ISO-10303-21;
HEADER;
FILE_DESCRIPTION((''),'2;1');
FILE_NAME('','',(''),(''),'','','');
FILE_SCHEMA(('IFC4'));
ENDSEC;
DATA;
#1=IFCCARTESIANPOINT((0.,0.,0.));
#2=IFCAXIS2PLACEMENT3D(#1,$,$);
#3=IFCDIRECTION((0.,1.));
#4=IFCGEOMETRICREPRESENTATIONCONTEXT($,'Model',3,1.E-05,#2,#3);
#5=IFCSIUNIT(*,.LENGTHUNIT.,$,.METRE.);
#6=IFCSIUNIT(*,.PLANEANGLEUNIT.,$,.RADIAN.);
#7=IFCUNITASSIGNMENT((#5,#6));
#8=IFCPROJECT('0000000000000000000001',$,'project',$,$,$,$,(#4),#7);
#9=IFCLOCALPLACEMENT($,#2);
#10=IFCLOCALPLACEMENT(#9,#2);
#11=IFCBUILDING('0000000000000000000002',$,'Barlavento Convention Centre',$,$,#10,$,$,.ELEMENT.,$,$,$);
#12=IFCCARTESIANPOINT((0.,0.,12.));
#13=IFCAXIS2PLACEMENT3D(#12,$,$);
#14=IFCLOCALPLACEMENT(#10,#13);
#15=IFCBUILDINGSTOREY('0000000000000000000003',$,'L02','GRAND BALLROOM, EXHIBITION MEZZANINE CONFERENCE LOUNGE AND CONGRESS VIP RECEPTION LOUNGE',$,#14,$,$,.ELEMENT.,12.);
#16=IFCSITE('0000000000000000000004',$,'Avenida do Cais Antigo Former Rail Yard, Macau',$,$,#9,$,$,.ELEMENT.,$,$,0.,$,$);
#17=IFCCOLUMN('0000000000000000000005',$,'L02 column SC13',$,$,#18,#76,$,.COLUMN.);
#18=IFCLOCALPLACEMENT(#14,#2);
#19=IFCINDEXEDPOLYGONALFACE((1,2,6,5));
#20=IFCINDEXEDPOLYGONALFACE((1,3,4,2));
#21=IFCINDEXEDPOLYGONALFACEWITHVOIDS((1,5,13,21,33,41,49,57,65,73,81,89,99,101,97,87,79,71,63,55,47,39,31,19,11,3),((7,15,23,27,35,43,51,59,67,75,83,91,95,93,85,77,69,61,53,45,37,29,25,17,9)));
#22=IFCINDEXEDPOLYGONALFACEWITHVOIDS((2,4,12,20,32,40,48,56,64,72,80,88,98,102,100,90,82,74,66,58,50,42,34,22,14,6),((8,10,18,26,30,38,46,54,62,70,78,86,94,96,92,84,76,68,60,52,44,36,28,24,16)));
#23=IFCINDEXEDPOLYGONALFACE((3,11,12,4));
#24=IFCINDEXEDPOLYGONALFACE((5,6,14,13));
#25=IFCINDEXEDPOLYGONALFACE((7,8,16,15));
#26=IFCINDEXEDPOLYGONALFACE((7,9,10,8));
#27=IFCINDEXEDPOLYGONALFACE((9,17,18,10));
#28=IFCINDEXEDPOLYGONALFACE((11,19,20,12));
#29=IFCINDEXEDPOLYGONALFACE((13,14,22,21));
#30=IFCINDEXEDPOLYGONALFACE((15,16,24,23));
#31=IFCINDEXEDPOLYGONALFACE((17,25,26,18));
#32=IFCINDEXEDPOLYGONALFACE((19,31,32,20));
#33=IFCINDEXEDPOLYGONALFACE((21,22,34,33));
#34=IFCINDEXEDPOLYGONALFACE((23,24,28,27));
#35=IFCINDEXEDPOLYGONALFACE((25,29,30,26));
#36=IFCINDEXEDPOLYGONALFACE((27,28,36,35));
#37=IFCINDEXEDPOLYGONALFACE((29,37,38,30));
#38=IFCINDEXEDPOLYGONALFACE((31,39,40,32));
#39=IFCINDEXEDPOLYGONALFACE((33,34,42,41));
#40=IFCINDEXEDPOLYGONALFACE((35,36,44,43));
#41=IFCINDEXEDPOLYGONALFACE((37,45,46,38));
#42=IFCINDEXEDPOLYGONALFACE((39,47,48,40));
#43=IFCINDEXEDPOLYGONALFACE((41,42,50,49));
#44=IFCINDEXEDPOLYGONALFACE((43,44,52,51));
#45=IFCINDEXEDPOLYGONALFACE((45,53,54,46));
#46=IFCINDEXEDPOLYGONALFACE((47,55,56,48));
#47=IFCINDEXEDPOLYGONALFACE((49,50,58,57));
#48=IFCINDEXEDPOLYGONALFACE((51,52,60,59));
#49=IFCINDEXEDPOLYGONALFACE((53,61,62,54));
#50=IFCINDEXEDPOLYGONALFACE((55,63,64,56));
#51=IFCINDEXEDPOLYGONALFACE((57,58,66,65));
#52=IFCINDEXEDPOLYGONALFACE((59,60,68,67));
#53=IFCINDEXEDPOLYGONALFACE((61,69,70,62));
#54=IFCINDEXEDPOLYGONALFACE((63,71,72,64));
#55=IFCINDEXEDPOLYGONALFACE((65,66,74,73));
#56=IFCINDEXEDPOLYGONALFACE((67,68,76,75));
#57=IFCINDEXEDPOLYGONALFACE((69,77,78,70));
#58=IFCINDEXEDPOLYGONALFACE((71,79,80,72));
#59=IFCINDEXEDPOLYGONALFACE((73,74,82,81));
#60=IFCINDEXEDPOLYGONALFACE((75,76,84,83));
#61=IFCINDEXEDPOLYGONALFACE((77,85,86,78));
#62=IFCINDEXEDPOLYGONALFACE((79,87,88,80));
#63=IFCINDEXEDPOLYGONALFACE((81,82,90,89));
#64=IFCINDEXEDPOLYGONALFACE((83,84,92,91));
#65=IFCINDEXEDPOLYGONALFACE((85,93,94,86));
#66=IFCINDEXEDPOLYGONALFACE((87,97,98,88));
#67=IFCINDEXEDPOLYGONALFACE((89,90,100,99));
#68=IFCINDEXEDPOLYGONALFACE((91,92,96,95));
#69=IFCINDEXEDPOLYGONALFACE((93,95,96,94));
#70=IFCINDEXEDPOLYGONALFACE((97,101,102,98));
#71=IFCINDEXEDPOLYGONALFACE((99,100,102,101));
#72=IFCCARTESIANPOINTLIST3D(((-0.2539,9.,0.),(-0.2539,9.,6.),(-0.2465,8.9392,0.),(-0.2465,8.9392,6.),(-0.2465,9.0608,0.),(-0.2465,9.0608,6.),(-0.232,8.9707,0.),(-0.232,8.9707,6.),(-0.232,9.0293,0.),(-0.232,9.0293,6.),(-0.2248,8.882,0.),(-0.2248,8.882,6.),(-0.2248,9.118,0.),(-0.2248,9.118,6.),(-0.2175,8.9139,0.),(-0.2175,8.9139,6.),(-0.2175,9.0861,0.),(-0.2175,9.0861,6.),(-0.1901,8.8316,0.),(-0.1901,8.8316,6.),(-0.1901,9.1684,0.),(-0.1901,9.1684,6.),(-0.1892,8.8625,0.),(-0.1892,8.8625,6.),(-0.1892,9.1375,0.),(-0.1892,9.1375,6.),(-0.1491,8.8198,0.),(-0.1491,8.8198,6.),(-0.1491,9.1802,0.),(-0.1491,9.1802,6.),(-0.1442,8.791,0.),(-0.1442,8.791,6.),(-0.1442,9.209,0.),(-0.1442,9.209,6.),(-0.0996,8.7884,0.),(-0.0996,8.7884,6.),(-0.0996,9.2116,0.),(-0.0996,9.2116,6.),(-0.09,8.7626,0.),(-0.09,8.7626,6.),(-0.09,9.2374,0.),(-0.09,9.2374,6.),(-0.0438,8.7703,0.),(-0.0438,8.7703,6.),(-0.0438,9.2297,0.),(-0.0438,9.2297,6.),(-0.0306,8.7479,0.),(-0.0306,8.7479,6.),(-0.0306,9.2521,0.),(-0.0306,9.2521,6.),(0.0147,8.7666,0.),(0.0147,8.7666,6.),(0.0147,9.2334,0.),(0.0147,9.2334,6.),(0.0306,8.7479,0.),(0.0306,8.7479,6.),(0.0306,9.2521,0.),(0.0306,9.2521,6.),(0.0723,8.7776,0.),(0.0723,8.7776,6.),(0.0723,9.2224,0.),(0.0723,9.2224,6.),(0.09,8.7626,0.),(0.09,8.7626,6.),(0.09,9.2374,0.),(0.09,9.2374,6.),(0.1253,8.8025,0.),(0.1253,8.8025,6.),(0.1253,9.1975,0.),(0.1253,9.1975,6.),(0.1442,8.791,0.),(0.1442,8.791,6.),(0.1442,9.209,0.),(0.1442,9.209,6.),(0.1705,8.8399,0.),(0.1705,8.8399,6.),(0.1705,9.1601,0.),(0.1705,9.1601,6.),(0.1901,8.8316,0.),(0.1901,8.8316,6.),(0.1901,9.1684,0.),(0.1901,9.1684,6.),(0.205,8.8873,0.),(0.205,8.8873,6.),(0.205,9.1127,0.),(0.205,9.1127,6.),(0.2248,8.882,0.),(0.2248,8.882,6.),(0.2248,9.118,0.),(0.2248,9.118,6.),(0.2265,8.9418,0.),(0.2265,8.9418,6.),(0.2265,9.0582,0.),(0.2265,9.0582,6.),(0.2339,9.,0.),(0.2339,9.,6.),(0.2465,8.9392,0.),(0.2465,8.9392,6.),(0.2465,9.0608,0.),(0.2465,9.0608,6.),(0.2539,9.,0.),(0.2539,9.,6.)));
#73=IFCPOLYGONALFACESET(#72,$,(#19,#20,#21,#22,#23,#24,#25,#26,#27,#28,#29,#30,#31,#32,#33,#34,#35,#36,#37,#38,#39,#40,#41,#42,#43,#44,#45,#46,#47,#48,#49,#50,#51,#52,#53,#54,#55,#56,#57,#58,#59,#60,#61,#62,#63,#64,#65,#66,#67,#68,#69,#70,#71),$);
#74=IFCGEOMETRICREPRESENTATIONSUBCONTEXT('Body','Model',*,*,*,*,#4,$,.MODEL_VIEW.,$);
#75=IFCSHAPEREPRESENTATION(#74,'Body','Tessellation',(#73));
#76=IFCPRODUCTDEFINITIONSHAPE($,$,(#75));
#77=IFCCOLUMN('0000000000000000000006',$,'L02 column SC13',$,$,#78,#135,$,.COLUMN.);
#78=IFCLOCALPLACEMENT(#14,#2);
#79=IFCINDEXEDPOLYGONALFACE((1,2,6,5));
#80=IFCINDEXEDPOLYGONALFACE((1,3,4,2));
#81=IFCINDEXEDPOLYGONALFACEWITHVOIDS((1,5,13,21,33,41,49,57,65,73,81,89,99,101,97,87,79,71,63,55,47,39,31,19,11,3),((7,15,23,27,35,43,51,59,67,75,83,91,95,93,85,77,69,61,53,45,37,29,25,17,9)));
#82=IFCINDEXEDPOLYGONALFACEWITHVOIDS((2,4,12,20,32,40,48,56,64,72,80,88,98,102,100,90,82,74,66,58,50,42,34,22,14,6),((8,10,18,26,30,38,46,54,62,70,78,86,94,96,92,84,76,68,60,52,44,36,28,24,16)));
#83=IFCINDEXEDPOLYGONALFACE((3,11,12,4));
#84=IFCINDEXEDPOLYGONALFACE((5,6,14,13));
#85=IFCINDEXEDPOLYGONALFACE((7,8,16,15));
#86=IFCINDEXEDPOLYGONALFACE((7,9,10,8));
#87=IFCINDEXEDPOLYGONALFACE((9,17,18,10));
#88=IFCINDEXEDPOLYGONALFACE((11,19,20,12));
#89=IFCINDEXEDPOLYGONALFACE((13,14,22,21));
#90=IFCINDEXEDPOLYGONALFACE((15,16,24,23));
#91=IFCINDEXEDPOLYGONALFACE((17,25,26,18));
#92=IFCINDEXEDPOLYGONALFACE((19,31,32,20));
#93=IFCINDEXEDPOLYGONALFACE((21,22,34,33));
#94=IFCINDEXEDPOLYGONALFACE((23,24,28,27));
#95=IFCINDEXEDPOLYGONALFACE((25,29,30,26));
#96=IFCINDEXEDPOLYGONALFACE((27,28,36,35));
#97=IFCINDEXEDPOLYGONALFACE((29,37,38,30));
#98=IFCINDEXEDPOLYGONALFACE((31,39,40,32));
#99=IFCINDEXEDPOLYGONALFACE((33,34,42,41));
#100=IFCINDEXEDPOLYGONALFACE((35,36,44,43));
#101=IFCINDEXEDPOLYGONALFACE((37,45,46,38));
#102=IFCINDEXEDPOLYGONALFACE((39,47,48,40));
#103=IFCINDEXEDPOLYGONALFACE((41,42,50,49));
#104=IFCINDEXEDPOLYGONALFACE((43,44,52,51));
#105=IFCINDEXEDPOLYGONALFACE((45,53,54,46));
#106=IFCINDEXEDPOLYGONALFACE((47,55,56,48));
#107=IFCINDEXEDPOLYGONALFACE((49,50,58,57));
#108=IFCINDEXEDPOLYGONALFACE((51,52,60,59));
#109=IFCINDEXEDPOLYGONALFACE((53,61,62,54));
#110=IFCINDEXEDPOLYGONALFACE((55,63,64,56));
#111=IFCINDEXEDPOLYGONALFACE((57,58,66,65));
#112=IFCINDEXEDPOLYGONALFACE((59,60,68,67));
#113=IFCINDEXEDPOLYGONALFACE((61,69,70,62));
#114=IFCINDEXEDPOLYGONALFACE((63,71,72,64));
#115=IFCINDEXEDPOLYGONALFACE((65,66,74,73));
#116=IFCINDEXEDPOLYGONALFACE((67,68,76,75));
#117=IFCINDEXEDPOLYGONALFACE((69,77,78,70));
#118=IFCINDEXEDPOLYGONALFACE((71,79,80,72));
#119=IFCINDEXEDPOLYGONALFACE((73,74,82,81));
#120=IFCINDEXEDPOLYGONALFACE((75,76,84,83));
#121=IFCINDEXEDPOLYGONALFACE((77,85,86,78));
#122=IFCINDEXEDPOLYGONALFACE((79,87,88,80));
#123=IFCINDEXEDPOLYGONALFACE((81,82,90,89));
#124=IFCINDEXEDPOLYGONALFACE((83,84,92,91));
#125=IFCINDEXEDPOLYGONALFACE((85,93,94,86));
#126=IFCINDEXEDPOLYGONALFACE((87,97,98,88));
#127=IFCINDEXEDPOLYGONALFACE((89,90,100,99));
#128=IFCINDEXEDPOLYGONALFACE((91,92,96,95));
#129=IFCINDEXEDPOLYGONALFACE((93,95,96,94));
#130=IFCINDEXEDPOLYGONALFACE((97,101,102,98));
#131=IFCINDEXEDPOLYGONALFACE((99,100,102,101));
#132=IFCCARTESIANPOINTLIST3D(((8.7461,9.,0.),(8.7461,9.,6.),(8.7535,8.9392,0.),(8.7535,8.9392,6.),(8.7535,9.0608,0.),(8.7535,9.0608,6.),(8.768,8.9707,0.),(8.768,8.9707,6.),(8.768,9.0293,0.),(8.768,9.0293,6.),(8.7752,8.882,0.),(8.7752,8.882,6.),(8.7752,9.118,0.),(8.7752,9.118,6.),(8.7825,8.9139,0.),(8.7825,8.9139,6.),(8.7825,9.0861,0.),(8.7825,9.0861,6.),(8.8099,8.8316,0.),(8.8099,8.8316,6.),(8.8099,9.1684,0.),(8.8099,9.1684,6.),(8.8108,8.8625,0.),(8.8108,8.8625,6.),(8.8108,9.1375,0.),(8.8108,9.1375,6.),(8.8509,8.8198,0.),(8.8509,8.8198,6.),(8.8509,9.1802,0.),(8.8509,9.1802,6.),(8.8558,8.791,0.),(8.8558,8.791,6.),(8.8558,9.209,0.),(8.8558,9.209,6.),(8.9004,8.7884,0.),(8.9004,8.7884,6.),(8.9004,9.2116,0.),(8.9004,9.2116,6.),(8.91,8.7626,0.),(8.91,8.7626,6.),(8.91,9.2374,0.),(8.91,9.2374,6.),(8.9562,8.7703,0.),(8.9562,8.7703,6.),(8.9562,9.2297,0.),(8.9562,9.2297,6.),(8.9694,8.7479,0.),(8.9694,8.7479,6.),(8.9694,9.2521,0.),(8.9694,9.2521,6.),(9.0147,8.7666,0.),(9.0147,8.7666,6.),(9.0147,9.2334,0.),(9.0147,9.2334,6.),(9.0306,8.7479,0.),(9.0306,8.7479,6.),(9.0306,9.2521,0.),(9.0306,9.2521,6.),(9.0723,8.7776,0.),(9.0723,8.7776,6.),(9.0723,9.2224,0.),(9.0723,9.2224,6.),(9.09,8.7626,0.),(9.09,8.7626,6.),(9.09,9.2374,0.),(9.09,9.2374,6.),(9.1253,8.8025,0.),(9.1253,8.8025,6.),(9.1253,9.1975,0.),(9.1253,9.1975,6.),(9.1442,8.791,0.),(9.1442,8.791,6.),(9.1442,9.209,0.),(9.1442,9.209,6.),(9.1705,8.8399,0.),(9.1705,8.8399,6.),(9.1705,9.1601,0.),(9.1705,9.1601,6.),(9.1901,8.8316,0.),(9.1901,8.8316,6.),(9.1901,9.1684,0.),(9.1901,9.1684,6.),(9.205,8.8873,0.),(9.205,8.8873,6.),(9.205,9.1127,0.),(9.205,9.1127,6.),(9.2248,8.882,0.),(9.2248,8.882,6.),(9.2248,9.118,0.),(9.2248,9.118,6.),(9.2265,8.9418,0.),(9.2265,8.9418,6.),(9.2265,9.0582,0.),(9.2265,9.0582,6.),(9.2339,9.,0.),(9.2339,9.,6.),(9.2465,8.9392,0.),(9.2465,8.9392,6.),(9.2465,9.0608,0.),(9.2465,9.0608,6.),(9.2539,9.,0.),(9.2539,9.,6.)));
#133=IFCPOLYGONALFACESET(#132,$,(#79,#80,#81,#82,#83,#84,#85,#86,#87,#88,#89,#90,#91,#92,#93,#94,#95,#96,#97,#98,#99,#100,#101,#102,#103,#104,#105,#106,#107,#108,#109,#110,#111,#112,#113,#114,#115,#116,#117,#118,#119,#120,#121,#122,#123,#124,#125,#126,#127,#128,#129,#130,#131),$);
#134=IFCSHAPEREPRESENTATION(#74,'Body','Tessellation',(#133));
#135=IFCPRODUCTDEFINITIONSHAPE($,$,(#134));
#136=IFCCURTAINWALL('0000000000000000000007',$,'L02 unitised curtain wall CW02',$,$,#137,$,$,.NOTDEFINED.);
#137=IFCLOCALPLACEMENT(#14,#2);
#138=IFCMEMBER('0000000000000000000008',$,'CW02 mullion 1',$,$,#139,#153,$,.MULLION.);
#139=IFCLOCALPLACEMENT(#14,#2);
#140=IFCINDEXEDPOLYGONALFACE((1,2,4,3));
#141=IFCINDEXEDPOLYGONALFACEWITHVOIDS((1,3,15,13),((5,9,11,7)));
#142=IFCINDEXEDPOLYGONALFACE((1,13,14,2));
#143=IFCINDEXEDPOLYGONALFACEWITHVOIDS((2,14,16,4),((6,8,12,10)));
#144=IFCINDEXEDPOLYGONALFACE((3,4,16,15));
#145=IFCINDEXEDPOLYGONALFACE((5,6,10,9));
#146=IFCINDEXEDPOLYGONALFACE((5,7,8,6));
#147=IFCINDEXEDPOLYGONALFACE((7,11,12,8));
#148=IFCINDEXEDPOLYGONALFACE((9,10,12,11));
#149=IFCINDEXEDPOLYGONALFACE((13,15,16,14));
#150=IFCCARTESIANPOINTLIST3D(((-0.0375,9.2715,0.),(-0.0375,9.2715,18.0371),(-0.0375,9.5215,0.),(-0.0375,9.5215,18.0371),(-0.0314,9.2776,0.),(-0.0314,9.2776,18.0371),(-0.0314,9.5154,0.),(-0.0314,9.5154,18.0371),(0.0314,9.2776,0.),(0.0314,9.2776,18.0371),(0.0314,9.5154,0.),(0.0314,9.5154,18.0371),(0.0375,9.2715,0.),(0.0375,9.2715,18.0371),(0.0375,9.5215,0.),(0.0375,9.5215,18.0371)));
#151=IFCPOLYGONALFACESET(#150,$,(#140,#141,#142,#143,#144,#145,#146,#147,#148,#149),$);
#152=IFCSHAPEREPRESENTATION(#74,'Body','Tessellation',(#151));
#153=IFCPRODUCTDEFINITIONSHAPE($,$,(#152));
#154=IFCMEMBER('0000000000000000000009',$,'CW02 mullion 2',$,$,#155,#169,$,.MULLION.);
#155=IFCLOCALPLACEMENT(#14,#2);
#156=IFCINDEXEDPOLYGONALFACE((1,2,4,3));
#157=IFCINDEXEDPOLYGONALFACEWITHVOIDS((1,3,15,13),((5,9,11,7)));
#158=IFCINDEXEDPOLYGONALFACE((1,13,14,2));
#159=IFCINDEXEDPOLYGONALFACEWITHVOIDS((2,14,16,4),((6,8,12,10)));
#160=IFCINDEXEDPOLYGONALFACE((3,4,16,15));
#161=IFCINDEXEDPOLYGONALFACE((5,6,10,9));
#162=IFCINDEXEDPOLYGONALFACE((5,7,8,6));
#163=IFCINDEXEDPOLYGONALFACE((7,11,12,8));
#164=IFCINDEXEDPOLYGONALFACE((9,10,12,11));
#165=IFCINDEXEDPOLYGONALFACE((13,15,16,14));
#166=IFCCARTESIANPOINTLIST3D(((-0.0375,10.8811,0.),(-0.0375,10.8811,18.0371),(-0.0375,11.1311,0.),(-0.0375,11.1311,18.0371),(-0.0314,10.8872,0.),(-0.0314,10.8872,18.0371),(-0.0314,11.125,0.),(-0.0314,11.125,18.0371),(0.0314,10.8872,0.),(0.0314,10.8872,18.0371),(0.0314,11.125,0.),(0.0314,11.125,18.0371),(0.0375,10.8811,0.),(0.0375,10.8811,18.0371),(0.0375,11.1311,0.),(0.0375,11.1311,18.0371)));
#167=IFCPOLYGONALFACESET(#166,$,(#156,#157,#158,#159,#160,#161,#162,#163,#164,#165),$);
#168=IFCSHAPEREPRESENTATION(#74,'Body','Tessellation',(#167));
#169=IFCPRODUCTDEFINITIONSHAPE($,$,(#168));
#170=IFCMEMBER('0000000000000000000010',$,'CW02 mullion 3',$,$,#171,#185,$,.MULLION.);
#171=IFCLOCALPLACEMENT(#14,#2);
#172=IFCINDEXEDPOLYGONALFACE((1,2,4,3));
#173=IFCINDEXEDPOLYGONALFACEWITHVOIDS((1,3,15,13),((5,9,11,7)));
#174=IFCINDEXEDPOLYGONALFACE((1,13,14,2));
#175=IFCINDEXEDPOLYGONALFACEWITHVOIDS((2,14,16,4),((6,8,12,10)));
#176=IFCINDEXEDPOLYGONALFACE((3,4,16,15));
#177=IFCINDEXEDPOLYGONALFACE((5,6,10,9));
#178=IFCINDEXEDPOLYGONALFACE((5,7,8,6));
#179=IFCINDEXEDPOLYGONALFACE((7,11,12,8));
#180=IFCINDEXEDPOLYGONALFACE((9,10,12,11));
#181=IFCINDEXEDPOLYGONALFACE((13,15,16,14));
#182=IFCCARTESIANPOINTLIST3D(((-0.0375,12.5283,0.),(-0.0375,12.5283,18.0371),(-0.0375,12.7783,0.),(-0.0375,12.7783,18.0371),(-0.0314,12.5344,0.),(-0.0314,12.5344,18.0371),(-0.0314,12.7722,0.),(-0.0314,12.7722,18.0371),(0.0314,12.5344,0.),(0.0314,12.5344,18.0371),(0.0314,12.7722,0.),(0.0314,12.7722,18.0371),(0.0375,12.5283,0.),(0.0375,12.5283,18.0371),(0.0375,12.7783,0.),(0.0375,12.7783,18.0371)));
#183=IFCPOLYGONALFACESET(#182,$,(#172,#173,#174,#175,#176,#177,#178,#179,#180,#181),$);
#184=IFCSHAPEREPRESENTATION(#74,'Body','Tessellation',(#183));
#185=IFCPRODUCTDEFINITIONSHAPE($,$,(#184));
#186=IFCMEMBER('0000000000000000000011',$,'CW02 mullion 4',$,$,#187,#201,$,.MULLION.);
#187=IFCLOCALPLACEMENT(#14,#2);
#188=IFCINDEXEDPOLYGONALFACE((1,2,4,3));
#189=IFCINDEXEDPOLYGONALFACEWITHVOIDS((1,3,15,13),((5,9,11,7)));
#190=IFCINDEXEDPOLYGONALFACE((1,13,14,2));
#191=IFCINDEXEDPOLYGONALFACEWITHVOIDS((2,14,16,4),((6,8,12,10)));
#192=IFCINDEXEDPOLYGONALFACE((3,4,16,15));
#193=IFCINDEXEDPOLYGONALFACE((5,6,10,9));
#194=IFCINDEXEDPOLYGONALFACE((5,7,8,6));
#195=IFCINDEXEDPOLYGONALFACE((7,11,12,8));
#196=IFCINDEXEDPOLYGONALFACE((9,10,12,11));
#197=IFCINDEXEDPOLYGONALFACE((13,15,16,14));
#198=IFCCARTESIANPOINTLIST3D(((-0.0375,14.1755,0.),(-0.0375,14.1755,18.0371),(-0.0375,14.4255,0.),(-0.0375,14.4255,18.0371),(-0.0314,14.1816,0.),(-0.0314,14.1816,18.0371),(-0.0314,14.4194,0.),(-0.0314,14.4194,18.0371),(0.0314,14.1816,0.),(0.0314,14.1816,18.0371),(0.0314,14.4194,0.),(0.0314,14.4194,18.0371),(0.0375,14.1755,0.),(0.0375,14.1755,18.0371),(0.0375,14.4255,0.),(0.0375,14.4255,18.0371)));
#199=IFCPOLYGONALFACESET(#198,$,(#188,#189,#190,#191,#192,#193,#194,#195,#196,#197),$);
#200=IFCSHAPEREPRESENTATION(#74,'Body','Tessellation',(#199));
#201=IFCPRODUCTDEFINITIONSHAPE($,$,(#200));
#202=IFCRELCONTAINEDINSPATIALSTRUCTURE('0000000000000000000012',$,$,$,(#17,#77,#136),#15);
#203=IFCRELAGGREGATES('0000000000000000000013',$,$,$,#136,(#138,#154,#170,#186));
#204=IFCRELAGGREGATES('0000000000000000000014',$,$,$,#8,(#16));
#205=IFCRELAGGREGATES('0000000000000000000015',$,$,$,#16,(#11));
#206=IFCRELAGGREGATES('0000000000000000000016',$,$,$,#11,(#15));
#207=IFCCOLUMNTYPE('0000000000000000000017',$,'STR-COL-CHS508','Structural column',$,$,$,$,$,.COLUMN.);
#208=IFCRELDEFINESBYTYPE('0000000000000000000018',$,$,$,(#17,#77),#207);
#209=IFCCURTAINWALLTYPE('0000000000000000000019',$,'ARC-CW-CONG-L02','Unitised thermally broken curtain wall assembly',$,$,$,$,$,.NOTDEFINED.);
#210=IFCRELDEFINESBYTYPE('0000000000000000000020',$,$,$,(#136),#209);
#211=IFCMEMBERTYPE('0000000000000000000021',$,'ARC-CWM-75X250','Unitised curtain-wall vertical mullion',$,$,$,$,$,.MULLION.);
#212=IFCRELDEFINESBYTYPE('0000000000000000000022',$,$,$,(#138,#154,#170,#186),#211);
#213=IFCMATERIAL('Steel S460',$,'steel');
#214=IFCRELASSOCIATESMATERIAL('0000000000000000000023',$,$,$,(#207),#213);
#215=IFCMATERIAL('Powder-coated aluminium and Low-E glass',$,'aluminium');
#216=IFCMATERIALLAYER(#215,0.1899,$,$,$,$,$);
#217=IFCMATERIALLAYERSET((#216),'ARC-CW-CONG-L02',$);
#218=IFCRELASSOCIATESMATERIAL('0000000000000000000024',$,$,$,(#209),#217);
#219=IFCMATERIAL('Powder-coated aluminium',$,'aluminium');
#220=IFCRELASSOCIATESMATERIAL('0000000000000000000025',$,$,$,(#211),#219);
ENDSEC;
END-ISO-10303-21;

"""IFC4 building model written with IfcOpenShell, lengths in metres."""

from ifc_helpers import new_model, si_unit, direction, frame, origin, origin_2d, place, context, subcontext, project, spatial, hollow_rectangle, hollow_circle, extrude, material, layer, layer_set, material_profile, profile_set, type_object, element, aggregate, save


model = new_model("IFC4")

# Units and contexts
model_context = context("Model", 3, precision=1e-05, world=origin(), true_north=direction((0.0, 1.0)))
body_context = subcontext(model_context, "Body", "Model", "MODEL_VIEW")
ifc_project = project(units=[si_unit("LENGTHUNIT", "METRE"), si_unit("PLANEANGLEUNIT", "RADIAN")], contexts=[model_context])

# Site, building, storey
site_placement = place(None, origin())
site = spatial("IfcSite", under=ifc_project, at=site_placement, Name="Avenida do Cais Antigo Former Rail Yard, Macau", CompositionType="ELEMENT", RefElevation=0.0)
building_placement = place(site_placement, origin())
building = spatial("IfcBuilding", under=site, at=building_placement, Name="Barlavento Convention Centre", CompositionType="ELEMENT")
storey_placement = place(building_placement, frame((0.0, 0.0, 12.0)))
storey = spatial("IfcBuildingStorey", under=building, at=storey_placement, Name="L02", Description="GRAND BALLROOM, EXHIBITION MEZZANINE CONFERENCE LOUNGE AND CONGRESS VIP RECEPTION LOUNGE", CompositionType="ELEMENT", Elevation=12.0)

# Columns
ifc_material_1 = material(Name="Steel S460", Category="steel")
ifc_material_profile_1 = material_profile(ifc_material_1, hollow_circle(Radius=0.2539, WallThickness=0.02, at=origin_2d()), Name="CHS 508.0x20.0")
ifc_profile_set_1 = profile_set([ifc_material_profile_1], Name="Steel S460")
column_type = type_object("IfcColumnType", Name="STR-COL-CHS508", Description="Structural column", PredefinedType="COLUMN", material=ifc_profile_set_1)
for number, where, z_axis, x_axis, name in (
    (1, (0.0, 9.0, 0.0), (0.0, 0.0, 1.0), (1.0, 0.0, 0.0), "L02 column SC13"),
    (2, (9.0, 9.0, 0.0), (0.0, 0.0, 1.0), (1.0, 0.0, 0.0), "L02 column SC13"),
):
    element("IfcColumn", number, at=place(storey_placement, frame(where, z_axis=z_axis, x_axis=x_axis)), inside=storey, type_object=column_type, Name=name, PredefinedType="COLUMN", context=body_context, shape_type="SweptSolid", body=[
        extrude(hollow_circle(Radius=0.2539, WallThickness=0.02, at=origin_2d()), origin(), (0.0, 0.0, 1.0), 6.0),
    ])

# Curtain wall, members
ifc_material_2 = material(Name="Powder-coated aluminium and Low-E glass", Category="aluminium")
ifc_layer_1 = layer(ifc_material_2, 0.1899)
ifc_layer_set_1 = layer_set([ifc_layer_1], Name="ARC-CW-CONG-L02")
curtain_wall_type = type_object("IfcCurtainWallType", Name="ARC-CW-CONG-L02", Description="Unitised thermally broken curtain wall assembly", PredefinedType="NOTDEFINED", material=ifc_layer_set_1)
curtain_wall_1_placement = place(storey_placement, origin())
curtain_wall_1 = element("IfcCurtainWall", 3, at=curtain_wall_1_placement, inside=storey, type_object=curtain_wall_type, Name="L02 unitised curtain wall CW02", PredefinedType="NOTDEFINED")
ifc_material_3 = material(Name="Powder-coated aluminium", Category="aluminium")
ifc_material_profile_2 = material_profile(ifc_material_3, hollow_rectangle(XDim=0.075, YDim=0.25, WallThickness=0.0061, at=origin_2d()), Name="AL-MULL 75x250x6")
ifc_profile_set_2 = profile_set([ifc_material_profile_2], Name="Powder-coated aluminium")
member_type_1 = type_object("IfcMemberType", Name="ARC-CWM-75X250", Description="Unitised curtain-wall vertical mullion", PredefinedType="MULLION", material=ifc_profile_set_2)
member_1_placement = place(storey_placement, frame((0.0, 9.3965, 0.0), z_axis=(0.0, 0.0, 1.0), x_axis=(-1.0, 0.0, 0.0)))
member_1 = element("IfcMember", 4, at=member_1_placement, type_object=member_type_1, Name="CW02 mullion 1", PredefinedType="MULLION", context=body_context, shape_type="SweptSolid", body=[
    extrude(hollow_rectangle(XDim=0.075, YDim=0.25, WallThickness=0.0061, at=origin_2d()), origin(), (0.0, 0.0, 1.0), 18.0371),
])
member_2_placement = place(storey_placement, frame((0.0, 11.0061, 0.0), z_axis=(0.0, 0.0, 1.0), x_axis=(-1.0, 0.0, 0.0)))
member_2 = element("IfcMember", 5, at=member_2_placement, type_object=member_type_1, Name="CW02 mullion 2", PredefinedType="MULLION", context=body_context, shape_type="SweptSolid", body=[
    extrude(hollow_rectangle(XDim=0.075, YDim=0.25, WallThickness=0.0061, at=origin_2d()), origin(), (0.0, 0.0, 1.0), 18.0371),
])
member_3_placement = place(storey_placement, frame((0.0, 12.6533, 0.0), z_axis=(0.0, 0.0, 1.0), x_axis=(-1.0, 0.0, 0.0)))
member_3 = element("IfcMember", 6, at=member_3_placement, type_object=member_type_1, Name="CW02 mullion 3", PredefinedType="MULLION", context=body_context, shape_type="SweptSolid", body=[
    extrude(hollow_rectangle(XDim=0.075, YDim=0.25, WallThickness=0.0061, at=origin_2d()), origin(), (0.0, 0.0, 1.0), 18.0371),
])
member_4_placement = place(storey_placement, frame((0.0, 14.3005, 0.0), z_axis=(0.0, 0.0, 1.0), x_axis=(-1.0, 0.0, 0.0)))
member_4 = element("IfcMember", 7, at=member_4_placement, type_object=member_type_1, Name="CW02 mullion 4", PredefinedType="MULLION", context=body_context, shape_type="SweptSolid", body=[
    extrude(hollow_rectangle(XDim=0.075, YDim=0.25, WallThickness=0.0061, at=origin_2d()), origin(), (0.0, 0.0, 1.0), 18.0371),
])

aggregate(curtain_wall_1, [member_1, member_2, member_3, member_4])

save(model, "model.ifc")
